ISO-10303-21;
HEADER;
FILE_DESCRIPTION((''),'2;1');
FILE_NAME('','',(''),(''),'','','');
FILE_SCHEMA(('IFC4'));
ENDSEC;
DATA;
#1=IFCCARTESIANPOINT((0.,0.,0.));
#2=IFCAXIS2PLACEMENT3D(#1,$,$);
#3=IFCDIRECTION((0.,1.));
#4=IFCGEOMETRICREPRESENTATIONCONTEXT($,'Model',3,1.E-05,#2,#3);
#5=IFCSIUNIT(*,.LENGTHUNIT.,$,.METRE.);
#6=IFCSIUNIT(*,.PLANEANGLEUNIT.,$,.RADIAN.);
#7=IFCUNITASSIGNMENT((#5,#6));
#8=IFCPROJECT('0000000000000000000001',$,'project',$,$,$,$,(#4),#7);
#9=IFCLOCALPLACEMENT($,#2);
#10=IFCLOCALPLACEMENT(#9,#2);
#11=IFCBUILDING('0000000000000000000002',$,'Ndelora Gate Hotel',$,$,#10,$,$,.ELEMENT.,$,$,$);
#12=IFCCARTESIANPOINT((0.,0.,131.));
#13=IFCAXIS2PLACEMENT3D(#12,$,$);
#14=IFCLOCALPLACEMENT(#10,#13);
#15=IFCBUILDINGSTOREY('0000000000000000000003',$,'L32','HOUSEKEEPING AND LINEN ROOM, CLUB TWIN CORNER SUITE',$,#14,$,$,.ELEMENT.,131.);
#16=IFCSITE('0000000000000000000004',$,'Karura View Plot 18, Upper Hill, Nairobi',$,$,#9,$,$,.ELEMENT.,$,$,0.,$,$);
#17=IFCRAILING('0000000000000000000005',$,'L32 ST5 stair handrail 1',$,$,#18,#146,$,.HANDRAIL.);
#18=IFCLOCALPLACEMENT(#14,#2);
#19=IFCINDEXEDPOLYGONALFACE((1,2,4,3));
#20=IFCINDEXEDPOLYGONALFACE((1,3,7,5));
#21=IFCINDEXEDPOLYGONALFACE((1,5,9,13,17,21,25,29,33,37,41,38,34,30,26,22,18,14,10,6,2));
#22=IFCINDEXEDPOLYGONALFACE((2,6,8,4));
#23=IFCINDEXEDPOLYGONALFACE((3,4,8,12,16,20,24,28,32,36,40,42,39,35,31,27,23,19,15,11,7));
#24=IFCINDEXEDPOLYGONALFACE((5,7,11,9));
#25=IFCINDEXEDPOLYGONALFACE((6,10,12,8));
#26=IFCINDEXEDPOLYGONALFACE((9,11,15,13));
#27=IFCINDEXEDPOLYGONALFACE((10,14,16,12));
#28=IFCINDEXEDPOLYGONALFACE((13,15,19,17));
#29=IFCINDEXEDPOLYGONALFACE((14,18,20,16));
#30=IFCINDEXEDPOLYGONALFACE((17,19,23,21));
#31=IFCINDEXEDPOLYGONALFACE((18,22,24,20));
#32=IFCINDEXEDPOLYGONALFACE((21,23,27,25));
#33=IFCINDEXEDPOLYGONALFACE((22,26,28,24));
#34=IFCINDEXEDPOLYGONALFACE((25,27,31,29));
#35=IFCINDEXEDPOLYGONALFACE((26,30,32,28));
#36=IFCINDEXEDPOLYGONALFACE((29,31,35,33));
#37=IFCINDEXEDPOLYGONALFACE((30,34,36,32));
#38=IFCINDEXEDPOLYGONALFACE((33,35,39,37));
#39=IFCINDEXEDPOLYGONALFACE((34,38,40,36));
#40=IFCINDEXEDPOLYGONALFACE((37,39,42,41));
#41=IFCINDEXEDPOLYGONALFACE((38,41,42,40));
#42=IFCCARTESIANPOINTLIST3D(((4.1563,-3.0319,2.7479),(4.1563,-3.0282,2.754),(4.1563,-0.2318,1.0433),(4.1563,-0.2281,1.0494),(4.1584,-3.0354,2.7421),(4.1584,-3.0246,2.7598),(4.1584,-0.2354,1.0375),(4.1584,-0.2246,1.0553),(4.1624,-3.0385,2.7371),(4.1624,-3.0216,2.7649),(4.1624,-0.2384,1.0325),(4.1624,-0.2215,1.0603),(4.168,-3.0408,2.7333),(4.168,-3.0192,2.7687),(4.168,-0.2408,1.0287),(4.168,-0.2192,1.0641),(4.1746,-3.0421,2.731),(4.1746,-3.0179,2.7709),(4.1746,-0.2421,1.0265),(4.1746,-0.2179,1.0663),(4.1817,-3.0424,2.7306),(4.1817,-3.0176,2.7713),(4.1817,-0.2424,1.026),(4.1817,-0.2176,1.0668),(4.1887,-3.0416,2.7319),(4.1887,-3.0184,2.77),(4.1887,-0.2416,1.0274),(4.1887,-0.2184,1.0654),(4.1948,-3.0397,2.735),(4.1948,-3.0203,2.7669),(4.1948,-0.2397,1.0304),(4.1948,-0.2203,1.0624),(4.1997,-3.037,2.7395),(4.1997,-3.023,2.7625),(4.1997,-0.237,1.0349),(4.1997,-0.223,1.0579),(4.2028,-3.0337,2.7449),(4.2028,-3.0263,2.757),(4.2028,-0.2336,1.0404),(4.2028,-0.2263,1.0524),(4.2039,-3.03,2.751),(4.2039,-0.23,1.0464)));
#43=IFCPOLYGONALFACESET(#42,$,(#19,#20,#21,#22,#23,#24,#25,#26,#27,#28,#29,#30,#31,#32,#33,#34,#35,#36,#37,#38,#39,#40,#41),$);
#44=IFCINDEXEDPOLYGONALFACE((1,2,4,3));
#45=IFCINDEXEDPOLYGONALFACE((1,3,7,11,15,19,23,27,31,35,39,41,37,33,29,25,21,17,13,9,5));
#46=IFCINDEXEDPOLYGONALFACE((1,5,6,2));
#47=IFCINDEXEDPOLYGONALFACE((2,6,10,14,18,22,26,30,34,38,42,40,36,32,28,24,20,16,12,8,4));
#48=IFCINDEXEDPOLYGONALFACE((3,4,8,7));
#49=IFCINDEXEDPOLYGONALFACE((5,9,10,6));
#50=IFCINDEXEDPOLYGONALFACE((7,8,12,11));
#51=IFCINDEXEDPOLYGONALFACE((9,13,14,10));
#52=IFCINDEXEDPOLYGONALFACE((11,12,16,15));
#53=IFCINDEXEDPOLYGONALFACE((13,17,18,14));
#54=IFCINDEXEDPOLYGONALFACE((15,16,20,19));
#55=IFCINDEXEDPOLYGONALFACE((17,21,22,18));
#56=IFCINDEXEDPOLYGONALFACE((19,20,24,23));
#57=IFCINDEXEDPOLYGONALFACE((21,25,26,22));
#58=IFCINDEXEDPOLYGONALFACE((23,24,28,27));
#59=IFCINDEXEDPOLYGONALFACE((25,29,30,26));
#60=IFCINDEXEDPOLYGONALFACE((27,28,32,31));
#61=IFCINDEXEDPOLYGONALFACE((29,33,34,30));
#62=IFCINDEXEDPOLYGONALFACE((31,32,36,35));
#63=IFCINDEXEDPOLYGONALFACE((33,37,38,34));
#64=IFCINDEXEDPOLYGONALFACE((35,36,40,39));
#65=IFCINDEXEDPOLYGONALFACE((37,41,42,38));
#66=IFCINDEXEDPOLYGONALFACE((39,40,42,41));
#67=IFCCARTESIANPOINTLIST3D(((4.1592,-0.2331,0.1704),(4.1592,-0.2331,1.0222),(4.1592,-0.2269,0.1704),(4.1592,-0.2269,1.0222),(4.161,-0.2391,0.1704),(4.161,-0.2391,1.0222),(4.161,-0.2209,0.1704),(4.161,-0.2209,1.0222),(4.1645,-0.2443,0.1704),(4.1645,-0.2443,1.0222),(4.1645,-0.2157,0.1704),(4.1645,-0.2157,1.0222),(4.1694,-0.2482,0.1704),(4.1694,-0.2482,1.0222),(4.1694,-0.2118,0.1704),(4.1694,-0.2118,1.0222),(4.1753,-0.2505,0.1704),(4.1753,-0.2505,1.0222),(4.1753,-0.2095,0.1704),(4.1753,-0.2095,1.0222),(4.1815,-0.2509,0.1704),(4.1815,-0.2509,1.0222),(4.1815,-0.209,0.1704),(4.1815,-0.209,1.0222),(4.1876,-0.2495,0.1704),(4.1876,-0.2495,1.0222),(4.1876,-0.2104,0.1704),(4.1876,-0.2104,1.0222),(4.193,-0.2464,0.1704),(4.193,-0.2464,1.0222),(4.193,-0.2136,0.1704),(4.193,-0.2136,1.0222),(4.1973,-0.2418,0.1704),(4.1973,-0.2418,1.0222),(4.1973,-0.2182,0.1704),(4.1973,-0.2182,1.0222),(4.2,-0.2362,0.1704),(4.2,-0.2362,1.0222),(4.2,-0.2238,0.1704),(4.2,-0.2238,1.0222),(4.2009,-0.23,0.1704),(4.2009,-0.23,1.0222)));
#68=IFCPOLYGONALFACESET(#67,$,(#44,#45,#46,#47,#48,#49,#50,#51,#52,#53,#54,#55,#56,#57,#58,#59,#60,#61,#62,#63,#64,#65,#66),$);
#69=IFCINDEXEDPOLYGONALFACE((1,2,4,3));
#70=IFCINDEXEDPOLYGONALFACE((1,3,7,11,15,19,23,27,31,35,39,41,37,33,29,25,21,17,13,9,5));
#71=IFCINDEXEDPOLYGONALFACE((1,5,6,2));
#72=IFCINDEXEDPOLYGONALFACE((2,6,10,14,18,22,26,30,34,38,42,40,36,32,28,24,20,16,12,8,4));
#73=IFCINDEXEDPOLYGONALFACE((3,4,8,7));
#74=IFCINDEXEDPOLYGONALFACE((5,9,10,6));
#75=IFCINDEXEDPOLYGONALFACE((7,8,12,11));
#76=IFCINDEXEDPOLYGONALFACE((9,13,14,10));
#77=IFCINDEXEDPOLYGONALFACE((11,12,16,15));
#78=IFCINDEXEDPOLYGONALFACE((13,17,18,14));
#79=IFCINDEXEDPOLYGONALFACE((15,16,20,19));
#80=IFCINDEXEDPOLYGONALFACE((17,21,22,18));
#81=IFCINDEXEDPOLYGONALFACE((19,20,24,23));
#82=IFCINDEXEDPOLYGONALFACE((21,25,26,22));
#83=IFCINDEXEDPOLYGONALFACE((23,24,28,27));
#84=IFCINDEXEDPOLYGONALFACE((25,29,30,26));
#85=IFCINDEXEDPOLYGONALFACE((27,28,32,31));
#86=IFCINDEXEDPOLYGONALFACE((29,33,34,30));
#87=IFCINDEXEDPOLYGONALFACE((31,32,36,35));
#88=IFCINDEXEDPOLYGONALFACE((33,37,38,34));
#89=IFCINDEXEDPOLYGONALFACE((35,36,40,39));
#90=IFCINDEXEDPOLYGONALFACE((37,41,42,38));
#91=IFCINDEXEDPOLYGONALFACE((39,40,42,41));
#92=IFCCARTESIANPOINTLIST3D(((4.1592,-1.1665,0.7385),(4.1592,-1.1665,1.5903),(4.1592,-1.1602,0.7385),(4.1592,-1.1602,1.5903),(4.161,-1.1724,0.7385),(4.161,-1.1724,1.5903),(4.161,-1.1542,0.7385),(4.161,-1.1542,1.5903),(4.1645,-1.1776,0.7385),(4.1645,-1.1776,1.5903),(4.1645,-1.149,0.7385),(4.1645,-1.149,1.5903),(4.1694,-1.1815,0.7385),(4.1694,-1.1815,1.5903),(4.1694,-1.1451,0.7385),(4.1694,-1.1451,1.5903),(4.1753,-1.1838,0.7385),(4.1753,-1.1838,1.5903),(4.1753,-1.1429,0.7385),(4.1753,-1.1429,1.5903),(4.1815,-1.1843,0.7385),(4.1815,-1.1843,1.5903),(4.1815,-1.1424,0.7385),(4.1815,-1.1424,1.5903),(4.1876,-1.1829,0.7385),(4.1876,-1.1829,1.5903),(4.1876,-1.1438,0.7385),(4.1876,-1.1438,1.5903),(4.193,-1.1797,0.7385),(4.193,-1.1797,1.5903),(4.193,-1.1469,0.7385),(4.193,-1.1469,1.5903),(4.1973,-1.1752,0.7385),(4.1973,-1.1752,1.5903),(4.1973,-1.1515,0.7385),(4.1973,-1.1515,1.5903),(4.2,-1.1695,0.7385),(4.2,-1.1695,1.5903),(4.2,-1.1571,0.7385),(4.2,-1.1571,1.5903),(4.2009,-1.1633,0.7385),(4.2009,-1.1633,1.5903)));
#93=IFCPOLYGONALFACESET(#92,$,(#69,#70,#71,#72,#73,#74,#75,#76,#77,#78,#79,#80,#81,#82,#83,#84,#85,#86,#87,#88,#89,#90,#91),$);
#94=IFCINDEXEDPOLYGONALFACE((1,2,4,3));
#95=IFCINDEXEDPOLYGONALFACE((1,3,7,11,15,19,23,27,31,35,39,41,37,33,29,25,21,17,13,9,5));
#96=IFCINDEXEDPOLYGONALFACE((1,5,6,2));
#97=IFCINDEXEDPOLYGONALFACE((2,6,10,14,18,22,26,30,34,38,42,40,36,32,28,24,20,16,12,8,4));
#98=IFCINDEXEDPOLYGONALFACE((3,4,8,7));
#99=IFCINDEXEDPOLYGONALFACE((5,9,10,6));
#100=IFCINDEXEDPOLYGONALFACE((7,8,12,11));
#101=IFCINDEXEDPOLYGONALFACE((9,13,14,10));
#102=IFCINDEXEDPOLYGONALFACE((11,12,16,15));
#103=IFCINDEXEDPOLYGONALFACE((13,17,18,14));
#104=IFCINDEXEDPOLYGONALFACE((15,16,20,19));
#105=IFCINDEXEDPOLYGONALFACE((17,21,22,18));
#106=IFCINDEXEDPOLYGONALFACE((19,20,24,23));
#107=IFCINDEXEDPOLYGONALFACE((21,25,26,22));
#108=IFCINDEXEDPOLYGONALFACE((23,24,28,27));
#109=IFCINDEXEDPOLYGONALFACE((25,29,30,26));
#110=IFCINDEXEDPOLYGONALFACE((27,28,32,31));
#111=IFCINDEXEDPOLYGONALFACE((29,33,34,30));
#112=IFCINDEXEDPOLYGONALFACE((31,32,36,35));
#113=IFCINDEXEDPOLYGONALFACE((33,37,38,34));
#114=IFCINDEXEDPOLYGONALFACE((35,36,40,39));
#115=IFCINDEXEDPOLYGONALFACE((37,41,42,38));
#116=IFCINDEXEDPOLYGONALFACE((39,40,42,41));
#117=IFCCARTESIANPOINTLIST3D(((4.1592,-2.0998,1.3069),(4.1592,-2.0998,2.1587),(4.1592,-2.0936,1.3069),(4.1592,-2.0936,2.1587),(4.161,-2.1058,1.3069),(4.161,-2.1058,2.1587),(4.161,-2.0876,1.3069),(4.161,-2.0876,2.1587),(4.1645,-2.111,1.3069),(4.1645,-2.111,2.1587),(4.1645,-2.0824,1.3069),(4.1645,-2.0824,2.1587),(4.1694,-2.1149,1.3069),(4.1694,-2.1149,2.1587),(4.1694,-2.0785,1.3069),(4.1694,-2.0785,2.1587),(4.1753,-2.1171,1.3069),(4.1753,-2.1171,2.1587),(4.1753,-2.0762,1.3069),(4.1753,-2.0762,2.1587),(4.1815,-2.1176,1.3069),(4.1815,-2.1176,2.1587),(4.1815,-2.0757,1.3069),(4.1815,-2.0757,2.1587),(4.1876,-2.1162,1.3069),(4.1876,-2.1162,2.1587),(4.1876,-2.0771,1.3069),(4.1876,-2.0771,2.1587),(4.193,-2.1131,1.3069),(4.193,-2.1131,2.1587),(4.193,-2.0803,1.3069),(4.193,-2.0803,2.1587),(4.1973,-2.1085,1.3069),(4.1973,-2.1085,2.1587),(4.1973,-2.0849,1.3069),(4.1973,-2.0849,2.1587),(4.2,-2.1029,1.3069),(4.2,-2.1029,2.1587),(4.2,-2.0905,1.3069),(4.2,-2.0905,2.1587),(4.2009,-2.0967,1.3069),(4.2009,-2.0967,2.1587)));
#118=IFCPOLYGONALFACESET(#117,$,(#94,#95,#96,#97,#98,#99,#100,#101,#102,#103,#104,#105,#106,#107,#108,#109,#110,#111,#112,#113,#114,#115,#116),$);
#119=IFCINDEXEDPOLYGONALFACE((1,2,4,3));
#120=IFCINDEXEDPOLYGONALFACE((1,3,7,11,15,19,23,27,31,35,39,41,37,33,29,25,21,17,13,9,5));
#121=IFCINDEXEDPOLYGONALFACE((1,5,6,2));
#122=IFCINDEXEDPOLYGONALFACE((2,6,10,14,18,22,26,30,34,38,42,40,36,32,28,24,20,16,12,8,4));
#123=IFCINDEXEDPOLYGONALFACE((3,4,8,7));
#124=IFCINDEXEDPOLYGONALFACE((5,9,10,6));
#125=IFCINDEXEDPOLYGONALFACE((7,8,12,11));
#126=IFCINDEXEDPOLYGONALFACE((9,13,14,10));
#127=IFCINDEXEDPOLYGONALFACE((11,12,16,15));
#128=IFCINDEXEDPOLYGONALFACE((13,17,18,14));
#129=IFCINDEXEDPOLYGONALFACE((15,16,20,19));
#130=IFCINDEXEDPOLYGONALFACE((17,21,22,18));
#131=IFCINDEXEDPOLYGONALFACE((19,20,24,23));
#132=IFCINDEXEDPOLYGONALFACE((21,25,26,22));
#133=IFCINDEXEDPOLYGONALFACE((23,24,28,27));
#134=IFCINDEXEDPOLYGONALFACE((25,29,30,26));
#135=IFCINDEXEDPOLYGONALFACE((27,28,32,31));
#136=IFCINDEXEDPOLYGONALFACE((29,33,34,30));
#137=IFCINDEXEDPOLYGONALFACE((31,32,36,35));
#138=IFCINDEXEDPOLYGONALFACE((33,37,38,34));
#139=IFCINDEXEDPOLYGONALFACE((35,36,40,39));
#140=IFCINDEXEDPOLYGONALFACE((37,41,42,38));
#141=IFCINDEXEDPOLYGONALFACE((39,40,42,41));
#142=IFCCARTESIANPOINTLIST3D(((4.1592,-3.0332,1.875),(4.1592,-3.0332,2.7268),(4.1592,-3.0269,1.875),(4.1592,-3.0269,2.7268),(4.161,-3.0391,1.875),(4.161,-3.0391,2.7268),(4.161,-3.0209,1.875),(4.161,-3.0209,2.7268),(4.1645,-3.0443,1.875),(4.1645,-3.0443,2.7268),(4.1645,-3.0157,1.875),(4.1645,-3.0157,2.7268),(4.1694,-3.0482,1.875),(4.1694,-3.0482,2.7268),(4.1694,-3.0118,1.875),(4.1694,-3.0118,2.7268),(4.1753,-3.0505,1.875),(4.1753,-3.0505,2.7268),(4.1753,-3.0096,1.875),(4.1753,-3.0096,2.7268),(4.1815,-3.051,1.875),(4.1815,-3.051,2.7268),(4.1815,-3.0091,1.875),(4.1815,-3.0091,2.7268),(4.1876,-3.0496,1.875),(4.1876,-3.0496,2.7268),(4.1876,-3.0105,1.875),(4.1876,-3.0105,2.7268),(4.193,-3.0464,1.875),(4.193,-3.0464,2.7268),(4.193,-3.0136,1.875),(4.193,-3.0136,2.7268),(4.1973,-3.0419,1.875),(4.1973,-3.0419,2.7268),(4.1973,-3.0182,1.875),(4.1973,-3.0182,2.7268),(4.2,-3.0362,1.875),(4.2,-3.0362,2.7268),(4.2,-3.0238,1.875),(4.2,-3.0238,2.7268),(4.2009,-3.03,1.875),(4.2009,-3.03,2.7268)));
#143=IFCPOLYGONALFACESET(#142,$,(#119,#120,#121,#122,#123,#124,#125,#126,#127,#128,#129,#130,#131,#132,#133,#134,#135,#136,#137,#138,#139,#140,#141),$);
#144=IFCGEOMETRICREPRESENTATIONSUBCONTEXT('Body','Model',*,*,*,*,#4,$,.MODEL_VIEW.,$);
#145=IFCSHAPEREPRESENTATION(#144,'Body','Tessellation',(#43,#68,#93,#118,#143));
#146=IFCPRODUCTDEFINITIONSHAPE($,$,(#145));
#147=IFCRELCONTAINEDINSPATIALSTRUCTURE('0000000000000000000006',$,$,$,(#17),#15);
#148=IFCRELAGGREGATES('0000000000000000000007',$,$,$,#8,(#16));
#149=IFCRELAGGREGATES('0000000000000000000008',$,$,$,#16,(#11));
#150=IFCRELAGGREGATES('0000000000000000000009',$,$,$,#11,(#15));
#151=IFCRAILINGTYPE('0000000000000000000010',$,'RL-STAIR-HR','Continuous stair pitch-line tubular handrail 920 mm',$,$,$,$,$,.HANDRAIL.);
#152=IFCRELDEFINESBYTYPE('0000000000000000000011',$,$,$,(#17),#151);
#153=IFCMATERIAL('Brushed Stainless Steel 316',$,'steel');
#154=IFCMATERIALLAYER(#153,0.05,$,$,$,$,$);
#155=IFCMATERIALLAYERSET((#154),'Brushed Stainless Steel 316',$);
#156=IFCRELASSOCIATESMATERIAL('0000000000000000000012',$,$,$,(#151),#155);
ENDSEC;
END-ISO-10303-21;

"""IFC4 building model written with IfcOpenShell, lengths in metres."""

from ifc_helpers import new_model, si_unit, direction, frame, origin, origin_2d, place, context, subcontext, project, spatial, circle, extrude, material, layer, layer_set, type_object, element, save


model = new_model("IFC4")

# Units and contexts
model_context = context("Model", 3, precision=1e-05, world=origin(), true_north=direction((0.0, 1.0)))
body_context = subcontext(model_context, "Body", "Model", "MODEL_VIEW")
ifc_project = project(units=[si_unit("LENGTHUNIT", "METRE"), si_unit("PLANEANGLEUNIT", "RADIAN")], contexts=[model_context])

# Site, building, storey
site_placement = place(None, origin())
site = spatial("IfcSite", under=ifc_project, at=site_placement, Name="Karura View Plot 18, Upper Hill, Nairobi", CompositionType="ELEMENT", RefElevation=0.0)
building_placement = place(site_placement, origin())
building = spatial("IfcBuilding", under=site, at=building_placement, Name="Ndelora Gate Hotel", CompositionType="ELEMENT")
storey_placement = place(building_placement, frame((0.0, 0.0, 131.0)))
storey = spatial("IfcBuildingStorey", under=building, at=storey_placement, Name="L32", Description="HOUSEKEEPING AND LINEN ROOM, CLUB TWIN CORNER SUITE", CompositionType="ELEMENT", Elevation=131.0)

# Railing
ifc_material_1 = material(Name="Brushed Stainless Steel 316", Category="steel")
ifc_layer_1 = layer(ifc_material_1, 0.05)
ifc_layer_set_1 = layer_set([ifc_layer_1], Name="Brushed Stainless Steel 316")
railing_type_1 = type_object("IfcRailingType", Name="RL-STAIR-HR", Description="Continuous stair pitch-line tubular handrail 920 mm", PredefinedType="HANDRAIL", material=ifc_layer_set_1)
railing_1_placement = place(storey_placement, frame((4.1799, -0.23, 0.1704)))
element("IfcRailing", 1, at=railing_1_placement, inside=storey, type_object=railing_type_1, Name="L32 ST5 stair handrail 1", PredefinedType="HANDRAIL", context=body_context, shape_type="SweptSolid", body=[
    extrude(circle(Radius=0.0239, at=origin_2d()), frame((0.0, 0.0, 0.876), z_axis=(0.0, -0.85417, 0.519994), x_axis=(1.0, 0.0, 0.0)), (0.0, 0.0, 1.0), 3.2781),
    extrude(circle(Radius=0.021, at=origin_2d()), origin(), (0.0, 0.0, 1.0), 0.8518),
    extrude(circle(Radius=0.021, at=origin_2d()), frame((0.0, -0.9333, 0.5681)), (0.0, 0.0, 1.0), 0.8518),
    extrude(circle(Radius=0.021, at=origin_2d()), frame((0.0, -1.8667, 1.1365)), (0.0, 0.0, 1.0), 0.8518),
    extrude(circle(Radius=0.021, at=origin_2d()), frame((0.0, -2.8, 1.7046)), (0.0, 0.0, 1.0), 0.8518),
])

save(model, "model.ifc")
